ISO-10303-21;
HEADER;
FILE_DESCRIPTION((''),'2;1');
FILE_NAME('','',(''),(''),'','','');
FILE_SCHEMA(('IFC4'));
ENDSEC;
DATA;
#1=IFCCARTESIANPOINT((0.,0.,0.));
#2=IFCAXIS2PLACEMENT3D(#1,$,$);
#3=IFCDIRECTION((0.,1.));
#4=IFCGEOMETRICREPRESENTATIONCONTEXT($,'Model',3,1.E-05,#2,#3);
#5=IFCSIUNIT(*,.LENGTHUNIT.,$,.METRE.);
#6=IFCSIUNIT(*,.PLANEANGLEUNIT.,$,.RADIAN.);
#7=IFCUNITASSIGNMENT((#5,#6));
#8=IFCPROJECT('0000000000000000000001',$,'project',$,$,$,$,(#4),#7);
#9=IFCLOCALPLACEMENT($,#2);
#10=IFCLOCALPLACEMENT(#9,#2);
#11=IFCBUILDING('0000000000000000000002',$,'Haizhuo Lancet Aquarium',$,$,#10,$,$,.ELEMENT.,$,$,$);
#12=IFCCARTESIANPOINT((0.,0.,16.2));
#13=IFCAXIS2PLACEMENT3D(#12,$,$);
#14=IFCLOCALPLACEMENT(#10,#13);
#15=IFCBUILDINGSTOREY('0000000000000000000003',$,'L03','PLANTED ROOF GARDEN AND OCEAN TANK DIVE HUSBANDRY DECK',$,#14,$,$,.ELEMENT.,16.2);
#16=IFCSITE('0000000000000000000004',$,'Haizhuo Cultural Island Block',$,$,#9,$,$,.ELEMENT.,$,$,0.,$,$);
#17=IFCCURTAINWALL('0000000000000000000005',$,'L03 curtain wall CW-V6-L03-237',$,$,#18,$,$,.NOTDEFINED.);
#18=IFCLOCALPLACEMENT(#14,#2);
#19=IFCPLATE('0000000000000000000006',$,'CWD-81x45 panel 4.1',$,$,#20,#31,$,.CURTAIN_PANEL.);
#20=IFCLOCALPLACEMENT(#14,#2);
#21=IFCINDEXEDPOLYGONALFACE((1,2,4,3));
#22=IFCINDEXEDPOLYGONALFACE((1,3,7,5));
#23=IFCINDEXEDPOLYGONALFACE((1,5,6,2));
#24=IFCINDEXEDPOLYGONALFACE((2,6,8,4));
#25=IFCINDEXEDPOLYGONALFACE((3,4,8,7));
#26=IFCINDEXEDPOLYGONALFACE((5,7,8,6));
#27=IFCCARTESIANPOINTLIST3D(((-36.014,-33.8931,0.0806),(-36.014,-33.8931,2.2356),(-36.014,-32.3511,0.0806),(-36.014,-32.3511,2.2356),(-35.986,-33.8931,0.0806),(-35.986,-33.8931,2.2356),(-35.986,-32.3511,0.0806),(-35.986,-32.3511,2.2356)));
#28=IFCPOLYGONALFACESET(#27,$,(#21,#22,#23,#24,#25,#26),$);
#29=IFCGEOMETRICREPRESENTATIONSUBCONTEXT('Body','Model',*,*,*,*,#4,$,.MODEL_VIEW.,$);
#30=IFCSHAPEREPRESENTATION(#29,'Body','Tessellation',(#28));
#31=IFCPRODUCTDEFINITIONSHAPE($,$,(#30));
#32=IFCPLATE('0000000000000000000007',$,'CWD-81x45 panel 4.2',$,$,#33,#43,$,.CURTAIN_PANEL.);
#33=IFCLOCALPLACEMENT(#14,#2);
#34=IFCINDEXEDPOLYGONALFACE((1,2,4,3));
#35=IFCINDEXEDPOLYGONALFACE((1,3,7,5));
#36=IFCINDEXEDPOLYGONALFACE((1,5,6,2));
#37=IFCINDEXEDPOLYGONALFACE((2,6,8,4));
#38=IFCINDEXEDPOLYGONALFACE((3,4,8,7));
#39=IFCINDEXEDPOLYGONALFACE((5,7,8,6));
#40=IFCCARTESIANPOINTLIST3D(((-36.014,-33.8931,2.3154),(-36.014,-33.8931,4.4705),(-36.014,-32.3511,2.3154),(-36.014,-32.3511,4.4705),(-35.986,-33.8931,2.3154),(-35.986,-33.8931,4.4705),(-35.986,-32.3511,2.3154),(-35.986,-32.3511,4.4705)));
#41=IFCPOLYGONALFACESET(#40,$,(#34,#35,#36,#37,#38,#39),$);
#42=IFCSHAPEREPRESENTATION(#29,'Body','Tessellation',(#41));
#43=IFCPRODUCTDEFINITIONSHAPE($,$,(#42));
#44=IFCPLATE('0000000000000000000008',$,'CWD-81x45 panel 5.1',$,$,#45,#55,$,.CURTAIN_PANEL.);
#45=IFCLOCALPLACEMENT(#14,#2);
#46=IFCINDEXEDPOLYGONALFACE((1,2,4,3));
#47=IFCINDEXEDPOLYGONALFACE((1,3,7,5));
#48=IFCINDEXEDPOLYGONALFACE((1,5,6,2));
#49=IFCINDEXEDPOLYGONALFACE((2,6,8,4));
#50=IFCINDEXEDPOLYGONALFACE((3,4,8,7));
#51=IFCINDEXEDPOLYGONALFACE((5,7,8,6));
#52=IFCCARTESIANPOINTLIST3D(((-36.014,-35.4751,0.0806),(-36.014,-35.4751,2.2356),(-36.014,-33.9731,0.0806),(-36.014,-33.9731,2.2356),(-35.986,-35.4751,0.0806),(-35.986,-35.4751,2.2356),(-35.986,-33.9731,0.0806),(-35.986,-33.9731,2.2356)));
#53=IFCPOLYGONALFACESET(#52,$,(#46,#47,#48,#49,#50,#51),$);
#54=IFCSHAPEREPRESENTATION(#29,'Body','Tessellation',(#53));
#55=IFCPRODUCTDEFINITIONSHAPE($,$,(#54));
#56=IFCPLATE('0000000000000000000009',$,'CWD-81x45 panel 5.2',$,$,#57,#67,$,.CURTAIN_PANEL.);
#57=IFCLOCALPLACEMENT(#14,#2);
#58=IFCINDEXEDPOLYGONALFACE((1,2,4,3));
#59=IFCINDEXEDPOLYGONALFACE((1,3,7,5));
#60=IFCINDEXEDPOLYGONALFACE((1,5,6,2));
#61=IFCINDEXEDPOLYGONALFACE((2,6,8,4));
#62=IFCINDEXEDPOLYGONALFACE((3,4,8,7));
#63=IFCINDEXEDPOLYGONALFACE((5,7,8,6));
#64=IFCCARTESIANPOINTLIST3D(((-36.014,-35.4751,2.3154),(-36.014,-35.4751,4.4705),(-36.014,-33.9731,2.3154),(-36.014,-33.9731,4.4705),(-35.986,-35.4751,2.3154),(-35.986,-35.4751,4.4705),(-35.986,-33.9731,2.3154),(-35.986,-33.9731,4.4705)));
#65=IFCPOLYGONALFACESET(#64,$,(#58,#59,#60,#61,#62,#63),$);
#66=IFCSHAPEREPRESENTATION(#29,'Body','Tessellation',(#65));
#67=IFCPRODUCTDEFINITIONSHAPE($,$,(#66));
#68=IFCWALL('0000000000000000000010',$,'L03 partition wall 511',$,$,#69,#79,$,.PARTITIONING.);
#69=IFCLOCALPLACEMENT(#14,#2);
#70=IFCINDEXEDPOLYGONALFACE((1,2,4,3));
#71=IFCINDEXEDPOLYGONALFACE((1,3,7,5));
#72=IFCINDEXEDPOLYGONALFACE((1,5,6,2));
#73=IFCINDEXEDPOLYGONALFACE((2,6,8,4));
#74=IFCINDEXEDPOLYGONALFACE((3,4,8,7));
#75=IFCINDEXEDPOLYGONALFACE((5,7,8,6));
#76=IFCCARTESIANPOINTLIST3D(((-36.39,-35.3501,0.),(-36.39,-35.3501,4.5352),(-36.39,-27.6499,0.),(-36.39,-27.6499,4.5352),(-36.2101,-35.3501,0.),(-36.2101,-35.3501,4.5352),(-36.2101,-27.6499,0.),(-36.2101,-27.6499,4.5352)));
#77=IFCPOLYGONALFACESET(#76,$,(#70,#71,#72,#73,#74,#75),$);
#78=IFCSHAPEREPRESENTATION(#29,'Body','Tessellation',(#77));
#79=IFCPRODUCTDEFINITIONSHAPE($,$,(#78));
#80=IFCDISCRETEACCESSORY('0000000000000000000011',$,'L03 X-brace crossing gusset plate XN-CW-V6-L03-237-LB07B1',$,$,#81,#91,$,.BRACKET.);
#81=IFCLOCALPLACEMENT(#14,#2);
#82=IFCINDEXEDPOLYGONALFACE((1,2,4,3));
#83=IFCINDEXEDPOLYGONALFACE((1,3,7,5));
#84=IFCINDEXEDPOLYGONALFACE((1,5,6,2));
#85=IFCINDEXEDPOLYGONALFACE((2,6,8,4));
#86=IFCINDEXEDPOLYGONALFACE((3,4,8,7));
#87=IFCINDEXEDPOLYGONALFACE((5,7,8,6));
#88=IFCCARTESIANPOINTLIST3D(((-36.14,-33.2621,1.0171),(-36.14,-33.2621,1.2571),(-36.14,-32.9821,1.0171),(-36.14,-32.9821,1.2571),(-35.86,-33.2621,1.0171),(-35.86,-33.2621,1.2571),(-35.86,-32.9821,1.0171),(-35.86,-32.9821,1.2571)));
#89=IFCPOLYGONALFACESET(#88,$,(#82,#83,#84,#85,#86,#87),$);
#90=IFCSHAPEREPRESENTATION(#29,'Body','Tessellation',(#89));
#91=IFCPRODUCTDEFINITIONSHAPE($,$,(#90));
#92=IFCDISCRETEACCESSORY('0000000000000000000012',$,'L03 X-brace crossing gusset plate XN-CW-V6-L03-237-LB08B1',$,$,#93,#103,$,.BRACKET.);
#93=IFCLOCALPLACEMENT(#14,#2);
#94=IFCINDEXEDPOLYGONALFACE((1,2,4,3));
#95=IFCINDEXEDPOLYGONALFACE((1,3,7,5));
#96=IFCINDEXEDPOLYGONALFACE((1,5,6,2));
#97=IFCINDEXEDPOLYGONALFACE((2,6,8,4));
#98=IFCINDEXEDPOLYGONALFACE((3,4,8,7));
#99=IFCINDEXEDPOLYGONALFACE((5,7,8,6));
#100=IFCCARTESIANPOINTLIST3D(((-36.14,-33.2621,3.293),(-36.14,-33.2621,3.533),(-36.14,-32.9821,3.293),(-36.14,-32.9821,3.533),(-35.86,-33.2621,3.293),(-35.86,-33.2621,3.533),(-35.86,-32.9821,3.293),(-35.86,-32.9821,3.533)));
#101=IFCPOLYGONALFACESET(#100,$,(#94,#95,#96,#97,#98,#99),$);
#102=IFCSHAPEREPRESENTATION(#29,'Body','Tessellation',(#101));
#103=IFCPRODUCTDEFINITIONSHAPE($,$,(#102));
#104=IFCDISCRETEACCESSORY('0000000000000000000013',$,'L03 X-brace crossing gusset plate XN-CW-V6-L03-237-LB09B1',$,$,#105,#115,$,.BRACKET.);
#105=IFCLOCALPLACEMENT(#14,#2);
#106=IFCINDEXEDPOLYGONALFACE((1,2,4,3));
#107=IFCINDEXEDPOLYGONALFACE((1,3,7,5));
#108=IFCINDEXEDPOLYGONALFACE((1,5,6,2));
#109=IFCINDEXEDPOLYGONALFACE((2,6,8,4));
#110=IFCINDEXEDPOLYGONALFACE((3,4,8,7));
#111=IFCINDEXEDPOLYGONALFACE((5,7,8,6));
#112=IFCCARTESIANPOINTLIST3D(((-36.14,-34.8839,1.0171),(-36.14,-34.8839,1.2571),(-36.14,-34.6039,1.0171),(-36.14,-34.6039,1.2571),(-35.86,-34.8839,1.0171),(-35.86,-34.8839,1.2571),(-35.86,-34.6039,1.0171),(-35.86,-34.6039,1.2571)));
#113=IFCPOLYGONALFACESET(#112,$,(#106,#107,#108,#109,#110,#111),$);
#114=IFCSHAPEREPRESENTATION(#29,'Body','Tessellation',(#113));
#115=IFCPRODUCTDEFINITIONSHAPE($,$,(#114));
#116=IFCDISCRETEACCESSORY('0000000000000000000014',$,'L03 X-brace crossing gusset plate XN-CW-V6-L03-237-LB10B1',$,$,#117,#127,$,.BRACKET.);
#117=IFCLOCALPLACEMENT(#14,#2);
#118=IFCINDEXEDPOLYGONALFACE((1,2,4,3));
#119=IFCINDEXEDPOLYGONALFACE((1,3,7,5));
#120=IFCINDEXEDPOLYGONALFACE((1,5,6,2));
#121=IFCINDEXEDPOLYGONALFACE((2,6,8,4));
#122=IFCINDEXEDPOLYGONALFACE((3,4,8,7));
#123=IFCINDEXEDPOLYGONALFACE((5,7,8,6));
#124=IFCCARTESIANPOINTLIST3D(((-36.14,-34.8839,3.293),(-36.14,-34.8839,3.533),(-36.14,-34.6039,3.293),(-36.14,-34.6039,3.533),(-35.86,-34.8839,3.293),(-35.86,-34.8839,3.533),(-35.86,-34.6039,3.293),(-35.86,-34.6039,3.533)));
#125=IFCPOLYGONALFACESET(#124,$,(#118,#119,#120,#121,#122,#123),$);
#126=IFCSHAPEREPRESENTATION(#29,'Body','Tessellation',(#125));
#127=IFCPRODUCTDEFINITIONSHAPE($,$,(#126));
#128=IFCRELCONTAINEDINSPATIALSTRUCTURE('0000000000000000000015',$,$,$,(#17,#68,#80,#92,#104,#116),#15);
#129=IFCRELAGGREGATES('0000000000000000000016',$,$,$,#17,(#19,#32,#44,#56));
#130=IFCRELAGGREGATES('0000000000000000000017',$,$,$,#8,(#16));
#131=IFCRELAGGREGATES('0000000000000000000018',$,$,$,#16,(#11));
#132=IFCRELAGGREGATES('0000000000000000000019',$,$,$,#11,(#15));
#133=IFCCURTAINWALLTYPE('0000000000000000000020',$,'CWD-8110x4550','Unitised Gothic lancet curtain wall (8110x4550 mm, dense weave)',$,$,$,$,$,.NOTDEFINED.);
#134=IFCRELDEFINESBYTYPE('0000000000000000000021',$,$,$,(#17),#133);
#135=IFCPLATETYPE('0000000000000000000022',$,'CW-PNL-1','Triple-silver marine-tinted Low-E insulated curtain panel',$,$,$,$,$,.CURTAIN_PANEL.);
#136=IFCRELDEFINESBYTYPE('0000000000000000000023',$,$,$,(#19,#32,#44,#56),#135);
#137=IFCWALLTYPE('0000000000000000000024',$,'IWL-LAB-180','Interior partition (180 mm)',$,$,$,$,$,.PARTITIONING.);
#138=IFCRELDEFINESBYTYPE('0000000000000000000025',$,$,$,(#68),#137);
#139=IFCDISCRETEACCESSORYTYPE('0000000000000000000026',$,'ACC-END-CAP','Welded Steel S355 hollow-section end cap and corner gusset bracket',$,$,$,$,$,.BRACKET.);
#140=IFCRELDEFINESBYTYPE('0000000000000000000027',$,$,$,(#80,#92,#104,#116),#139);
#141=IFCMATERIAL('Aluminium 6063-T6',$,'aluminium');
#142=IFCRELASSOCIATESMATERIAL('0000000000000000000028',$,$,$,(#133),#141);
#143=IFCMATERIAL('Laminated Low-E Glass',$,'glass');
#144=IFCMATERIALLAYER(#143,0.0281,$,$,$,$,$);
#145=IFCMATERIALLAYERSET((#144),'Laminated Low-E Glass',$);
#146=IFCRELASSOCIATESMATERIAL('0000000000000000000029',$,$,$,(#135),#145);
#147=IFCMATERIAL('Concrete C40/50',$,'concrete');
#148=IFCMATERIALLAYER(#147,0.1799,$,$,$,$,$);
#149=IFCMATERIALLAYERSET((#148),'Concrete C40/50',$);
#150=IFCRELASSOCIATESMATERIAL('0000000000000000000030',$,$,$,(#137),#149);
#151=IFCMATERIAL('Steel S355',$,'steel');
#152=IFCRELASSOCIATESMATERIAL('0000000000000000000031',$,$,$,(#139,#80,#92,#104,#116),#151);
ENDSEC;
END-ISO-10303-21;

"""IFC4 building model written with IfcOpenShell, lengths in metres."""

from ifc_helpers import new_model, si_unit, direction, frame, frame_2d, origin, origin_2d, place, context, subcontext, project, spatial, rectangle, extrude, material, layer, layer_set, type_object, element, aggregate, save


model = new_model("IFC4")

# Units and contexts
model_context = context("Model", 3, precision=1e-05, world=origin(), true_north=direction((0.0, 1.0)))
body_context = subcontext(model_context, "Body", "Model", "MODEL_VIEW")
ifc_project = project(units=[si_unit("LENGTHUNIT", "METRE"), si_unit("PLANEANGLEUNIT", "RADIAN")], contexts=[model_context])

# Site, building, storey
site_placement = place(None, origin())
site = spatial("IfcSite", under=ifc_project, at=site_placement, Name="Haizhuo Cultural Island Block", CompositionType="ELEMENT", RefElevation=0.0)
building_placement = place(site_placement, origin())
building = spatial("IfcBuilding", under=site, at=building_placement, Name="Haizhuo Lancet Aquarium", CompositionType="ELEMENT")
storey_placement = place(building_placement, frame((0.0, 0.0, 16.2)))
storey = spatial("IfcBuildingStorey", under=building, at=storey_placement, Name="L03", Description="PLANTED ROOF GARDEN AND OCEAN TANK DIVE HUSBANDRY DECK", CompositionType="ELEMENT", Elevation=16.2)

# Shared definitions
ifc_material_1 = material(Name="Concrete C40/50", Category="concrete")

# Shared definitions
ifc_material_2 = material(Name="Steel S355", Category="steel")

# Curtain wall
ifc_material_3 = material(Name="Aluminium 6063-T6", Category="aluminium")
curtain_wall_type = type_object("IfcCurtainWallType", Name="CWD-8110x4550", Description="Unitised Gothic lancet curtain wall (8110x4550 mm, dense weave)", PredefinedType="NOTDEFINED", material=ifc_material_3)
curtain_wall_placement = place(storey_placement, origin())
curtain_wall = element("IfcCurtainWall", 1, at=curtain_wall_placement, inside=storey, type_object=curtain_wall_type, Name="L03 curtain wall CW-V6-L03-237", PredefinedType="NOTDEFINED")

# Plates
ifc_material_4 = material(Name="Laminated Low-E Glass", Category="glass")
ifc_layer_1 = layer(ifc_material_4, 0.0281)
ifc_layer_set_1 = layer_set([ifc_layer_1], Name="Laminated Low-E Glass")
plate_type = type_object("IfcPlateType", Name="CW-PNL-1", Description="Triple-silver marine-tinted Low-E insulated curtain panel", PredefinedType="CURTAIN_PANEL", material=ifc_layer_set_1)
plate_1_placement = place(storey_placement, frame((-36.0, -33.1221, 0.0806), z_axis=(0.0, 0.0, 1.0), x_axis=(0.0, -1.0, 0.0)))
plate_1 = element("IfcPlate", 2, at=plate_1_placement, type_object=plate_type, Name="CWD-81x45 panel 4.1", PredefinedType="CURTAIN_PANEL", context=body_context, shape_type="SweptSolid", body=[
    extrude(rectangle(XDim=1.542, YDim=0.0281, at=origin_2d()), origin(), (0.0, 0.0, 1.0), 2.155),
])
plate_2_placement = place(storey_placement, frame((-36.0, -33.1221, 2.3154), z_axis=(0.0, 0.0, 1.0), x_axis=(0.0, -1.0, 0.0)))
plate_2 = element("IfcPlate", 3, at=plate_2_placement, type_object=plate_type, Name="CWD-81x45 panel 4.2", PredefinedType="CURTAIN_PANEL", context=body_context, shape_type="SweptSolid", body=[
    extrude(rectangle(XDim=1.542, YDim=0.0281, at=origin_2d()), origin(), (0.0, 0.0, 1.0), 2.155),
])
plate_3_placement = place(storey_placement, frame((-36.0, -34.7241, 0.0806), z_axis=(0.0, 0.0, 1.0), x_axis=(0.0, -1.0, 0.0)))
plate_3 = element("IfcPlate", 4, at=plate_3_placement, type_object=plate_type, Name="CWD-81x45 panel 5.1", PredefinedType="CURTAIN_PANEL", context=body_context, shape_type="SweptSolid", body=[
    extrude(rectangle(XDim=1.502, YDim=0.0281, at=origin_2d()), origin(), (0.0, 0.0, 1.0), 2.155),
])
plate_4_placement = place(storey_placement, frame((-36.0, -34.7241, 2.3154), z_axis=(0.0, 0.0, 1.0), x_axis=(0.0, -1.0, 0.0)))
plate_4 = element("IfcPlate", 5, at=plate_4_placement, type_object=plate_type, Name="CWD-81x45 panel 5.2", PredefinedType="CURTAIN_PANEL", context=body_context, shape_type="SweptSolid", body=[
    extrude(rectangle(XDim=1.502, YDim=0.0281, at=origin_2d()), origin(), (0.0, 0.0, 1.0), 2.155),
])
aggregate(curtain_wall, [plate_1, plate_2, plate_3, plate_4])

# Wall
ifc_layer_2 = layer(ifc_material_1, 0.1799)
ifc_layer_set_2 = layer_set([ifc_layer_2], Name="Concrete C40/50")
wall_type = type_object("IfcWallType", Name="IWL-LAB-180", Description="Interior partition (180 mm)", PredefinedType="PARTITIONING", material=ifc_layer_set_2)
wall_placement = place(storey_placement, frame((-36.3, -35.3501, 0.0), z_axis=(0.0, 0.0, 1.0), x_axis=(0.0, 1.0, 0.0)))
element("IfcWall", 6, at=wall_placement, inside=storey, type_object=wall_type, Name="L03 partition wall 511", PredefinedType="PARTITIONING", context=body_context, shape_type="SweptSolid", body=[
    extrude(rectangle(XDim=7.7002, YDim=0.1799, at=frame_2d((3.8501, 0.0))), origin(), (0.0, 0.0, 1.0), 4.5352),
])

# Discrete accessories
discrete_accessory_type = type_object("IfcDiscreteAccessoryType", Name="ACC-END-CAP", Description="Welded Steel S355 hollow-section end cap and corner gusset bracket", PredefinedType="BRACKET", material=ifc_material_2)
for number, where, z_axis, x_axis, name in (
    (7, (-36.0, -33.1221, 1.0171), (0.0, 0.0, 1.0), (1.0, 0.0, 0.0), "L03 X-brace crossing gusset plate XN-CW-V6-L03-237-LB07B1"),
    (8, (-36.0, -33.1221, 3.293), (0.0, 0.0, 1.0), (1.0, 0.0, 0.0), "L03 X-brace crossing gusset plate XN-CW-V6-L03-237-LB08B1"),
    (9, (-36.0, -34.7439, 1.0171), (0.0, 0.0, 1.0), (1.0, 0.0, 0.0), "L03 X-brace crossing gusset plate XN-CW-V6-L03-237-LB09B1"),
    (10, (-36.0, -34.7439, 3.293), (0.0, 0.0, 1.0), (1.0, 0.0, 0.0), "L03 X-brace crossing gusset plate XN-CW-V6-L03-237-LB10B1"),
):
    element("IfcDiscreteAccessory", number, at=place(storey_placement, frame(where, z_axis=z_axis, x_axis=x_axis)), inside=storey, type_object=discrete_accessory_type, material=ifc_material_2, Name=name, PredefinedType="BRACKET", context=body_context, shape_type="SweptSolid", body=[
        extrude(rectangle(XDim=0.28, YDim=0.28, at=origin_2d()), origin(), (0.0, 0.0, 1.0), 0.24),
    ])

save(model, "model.ifc")
